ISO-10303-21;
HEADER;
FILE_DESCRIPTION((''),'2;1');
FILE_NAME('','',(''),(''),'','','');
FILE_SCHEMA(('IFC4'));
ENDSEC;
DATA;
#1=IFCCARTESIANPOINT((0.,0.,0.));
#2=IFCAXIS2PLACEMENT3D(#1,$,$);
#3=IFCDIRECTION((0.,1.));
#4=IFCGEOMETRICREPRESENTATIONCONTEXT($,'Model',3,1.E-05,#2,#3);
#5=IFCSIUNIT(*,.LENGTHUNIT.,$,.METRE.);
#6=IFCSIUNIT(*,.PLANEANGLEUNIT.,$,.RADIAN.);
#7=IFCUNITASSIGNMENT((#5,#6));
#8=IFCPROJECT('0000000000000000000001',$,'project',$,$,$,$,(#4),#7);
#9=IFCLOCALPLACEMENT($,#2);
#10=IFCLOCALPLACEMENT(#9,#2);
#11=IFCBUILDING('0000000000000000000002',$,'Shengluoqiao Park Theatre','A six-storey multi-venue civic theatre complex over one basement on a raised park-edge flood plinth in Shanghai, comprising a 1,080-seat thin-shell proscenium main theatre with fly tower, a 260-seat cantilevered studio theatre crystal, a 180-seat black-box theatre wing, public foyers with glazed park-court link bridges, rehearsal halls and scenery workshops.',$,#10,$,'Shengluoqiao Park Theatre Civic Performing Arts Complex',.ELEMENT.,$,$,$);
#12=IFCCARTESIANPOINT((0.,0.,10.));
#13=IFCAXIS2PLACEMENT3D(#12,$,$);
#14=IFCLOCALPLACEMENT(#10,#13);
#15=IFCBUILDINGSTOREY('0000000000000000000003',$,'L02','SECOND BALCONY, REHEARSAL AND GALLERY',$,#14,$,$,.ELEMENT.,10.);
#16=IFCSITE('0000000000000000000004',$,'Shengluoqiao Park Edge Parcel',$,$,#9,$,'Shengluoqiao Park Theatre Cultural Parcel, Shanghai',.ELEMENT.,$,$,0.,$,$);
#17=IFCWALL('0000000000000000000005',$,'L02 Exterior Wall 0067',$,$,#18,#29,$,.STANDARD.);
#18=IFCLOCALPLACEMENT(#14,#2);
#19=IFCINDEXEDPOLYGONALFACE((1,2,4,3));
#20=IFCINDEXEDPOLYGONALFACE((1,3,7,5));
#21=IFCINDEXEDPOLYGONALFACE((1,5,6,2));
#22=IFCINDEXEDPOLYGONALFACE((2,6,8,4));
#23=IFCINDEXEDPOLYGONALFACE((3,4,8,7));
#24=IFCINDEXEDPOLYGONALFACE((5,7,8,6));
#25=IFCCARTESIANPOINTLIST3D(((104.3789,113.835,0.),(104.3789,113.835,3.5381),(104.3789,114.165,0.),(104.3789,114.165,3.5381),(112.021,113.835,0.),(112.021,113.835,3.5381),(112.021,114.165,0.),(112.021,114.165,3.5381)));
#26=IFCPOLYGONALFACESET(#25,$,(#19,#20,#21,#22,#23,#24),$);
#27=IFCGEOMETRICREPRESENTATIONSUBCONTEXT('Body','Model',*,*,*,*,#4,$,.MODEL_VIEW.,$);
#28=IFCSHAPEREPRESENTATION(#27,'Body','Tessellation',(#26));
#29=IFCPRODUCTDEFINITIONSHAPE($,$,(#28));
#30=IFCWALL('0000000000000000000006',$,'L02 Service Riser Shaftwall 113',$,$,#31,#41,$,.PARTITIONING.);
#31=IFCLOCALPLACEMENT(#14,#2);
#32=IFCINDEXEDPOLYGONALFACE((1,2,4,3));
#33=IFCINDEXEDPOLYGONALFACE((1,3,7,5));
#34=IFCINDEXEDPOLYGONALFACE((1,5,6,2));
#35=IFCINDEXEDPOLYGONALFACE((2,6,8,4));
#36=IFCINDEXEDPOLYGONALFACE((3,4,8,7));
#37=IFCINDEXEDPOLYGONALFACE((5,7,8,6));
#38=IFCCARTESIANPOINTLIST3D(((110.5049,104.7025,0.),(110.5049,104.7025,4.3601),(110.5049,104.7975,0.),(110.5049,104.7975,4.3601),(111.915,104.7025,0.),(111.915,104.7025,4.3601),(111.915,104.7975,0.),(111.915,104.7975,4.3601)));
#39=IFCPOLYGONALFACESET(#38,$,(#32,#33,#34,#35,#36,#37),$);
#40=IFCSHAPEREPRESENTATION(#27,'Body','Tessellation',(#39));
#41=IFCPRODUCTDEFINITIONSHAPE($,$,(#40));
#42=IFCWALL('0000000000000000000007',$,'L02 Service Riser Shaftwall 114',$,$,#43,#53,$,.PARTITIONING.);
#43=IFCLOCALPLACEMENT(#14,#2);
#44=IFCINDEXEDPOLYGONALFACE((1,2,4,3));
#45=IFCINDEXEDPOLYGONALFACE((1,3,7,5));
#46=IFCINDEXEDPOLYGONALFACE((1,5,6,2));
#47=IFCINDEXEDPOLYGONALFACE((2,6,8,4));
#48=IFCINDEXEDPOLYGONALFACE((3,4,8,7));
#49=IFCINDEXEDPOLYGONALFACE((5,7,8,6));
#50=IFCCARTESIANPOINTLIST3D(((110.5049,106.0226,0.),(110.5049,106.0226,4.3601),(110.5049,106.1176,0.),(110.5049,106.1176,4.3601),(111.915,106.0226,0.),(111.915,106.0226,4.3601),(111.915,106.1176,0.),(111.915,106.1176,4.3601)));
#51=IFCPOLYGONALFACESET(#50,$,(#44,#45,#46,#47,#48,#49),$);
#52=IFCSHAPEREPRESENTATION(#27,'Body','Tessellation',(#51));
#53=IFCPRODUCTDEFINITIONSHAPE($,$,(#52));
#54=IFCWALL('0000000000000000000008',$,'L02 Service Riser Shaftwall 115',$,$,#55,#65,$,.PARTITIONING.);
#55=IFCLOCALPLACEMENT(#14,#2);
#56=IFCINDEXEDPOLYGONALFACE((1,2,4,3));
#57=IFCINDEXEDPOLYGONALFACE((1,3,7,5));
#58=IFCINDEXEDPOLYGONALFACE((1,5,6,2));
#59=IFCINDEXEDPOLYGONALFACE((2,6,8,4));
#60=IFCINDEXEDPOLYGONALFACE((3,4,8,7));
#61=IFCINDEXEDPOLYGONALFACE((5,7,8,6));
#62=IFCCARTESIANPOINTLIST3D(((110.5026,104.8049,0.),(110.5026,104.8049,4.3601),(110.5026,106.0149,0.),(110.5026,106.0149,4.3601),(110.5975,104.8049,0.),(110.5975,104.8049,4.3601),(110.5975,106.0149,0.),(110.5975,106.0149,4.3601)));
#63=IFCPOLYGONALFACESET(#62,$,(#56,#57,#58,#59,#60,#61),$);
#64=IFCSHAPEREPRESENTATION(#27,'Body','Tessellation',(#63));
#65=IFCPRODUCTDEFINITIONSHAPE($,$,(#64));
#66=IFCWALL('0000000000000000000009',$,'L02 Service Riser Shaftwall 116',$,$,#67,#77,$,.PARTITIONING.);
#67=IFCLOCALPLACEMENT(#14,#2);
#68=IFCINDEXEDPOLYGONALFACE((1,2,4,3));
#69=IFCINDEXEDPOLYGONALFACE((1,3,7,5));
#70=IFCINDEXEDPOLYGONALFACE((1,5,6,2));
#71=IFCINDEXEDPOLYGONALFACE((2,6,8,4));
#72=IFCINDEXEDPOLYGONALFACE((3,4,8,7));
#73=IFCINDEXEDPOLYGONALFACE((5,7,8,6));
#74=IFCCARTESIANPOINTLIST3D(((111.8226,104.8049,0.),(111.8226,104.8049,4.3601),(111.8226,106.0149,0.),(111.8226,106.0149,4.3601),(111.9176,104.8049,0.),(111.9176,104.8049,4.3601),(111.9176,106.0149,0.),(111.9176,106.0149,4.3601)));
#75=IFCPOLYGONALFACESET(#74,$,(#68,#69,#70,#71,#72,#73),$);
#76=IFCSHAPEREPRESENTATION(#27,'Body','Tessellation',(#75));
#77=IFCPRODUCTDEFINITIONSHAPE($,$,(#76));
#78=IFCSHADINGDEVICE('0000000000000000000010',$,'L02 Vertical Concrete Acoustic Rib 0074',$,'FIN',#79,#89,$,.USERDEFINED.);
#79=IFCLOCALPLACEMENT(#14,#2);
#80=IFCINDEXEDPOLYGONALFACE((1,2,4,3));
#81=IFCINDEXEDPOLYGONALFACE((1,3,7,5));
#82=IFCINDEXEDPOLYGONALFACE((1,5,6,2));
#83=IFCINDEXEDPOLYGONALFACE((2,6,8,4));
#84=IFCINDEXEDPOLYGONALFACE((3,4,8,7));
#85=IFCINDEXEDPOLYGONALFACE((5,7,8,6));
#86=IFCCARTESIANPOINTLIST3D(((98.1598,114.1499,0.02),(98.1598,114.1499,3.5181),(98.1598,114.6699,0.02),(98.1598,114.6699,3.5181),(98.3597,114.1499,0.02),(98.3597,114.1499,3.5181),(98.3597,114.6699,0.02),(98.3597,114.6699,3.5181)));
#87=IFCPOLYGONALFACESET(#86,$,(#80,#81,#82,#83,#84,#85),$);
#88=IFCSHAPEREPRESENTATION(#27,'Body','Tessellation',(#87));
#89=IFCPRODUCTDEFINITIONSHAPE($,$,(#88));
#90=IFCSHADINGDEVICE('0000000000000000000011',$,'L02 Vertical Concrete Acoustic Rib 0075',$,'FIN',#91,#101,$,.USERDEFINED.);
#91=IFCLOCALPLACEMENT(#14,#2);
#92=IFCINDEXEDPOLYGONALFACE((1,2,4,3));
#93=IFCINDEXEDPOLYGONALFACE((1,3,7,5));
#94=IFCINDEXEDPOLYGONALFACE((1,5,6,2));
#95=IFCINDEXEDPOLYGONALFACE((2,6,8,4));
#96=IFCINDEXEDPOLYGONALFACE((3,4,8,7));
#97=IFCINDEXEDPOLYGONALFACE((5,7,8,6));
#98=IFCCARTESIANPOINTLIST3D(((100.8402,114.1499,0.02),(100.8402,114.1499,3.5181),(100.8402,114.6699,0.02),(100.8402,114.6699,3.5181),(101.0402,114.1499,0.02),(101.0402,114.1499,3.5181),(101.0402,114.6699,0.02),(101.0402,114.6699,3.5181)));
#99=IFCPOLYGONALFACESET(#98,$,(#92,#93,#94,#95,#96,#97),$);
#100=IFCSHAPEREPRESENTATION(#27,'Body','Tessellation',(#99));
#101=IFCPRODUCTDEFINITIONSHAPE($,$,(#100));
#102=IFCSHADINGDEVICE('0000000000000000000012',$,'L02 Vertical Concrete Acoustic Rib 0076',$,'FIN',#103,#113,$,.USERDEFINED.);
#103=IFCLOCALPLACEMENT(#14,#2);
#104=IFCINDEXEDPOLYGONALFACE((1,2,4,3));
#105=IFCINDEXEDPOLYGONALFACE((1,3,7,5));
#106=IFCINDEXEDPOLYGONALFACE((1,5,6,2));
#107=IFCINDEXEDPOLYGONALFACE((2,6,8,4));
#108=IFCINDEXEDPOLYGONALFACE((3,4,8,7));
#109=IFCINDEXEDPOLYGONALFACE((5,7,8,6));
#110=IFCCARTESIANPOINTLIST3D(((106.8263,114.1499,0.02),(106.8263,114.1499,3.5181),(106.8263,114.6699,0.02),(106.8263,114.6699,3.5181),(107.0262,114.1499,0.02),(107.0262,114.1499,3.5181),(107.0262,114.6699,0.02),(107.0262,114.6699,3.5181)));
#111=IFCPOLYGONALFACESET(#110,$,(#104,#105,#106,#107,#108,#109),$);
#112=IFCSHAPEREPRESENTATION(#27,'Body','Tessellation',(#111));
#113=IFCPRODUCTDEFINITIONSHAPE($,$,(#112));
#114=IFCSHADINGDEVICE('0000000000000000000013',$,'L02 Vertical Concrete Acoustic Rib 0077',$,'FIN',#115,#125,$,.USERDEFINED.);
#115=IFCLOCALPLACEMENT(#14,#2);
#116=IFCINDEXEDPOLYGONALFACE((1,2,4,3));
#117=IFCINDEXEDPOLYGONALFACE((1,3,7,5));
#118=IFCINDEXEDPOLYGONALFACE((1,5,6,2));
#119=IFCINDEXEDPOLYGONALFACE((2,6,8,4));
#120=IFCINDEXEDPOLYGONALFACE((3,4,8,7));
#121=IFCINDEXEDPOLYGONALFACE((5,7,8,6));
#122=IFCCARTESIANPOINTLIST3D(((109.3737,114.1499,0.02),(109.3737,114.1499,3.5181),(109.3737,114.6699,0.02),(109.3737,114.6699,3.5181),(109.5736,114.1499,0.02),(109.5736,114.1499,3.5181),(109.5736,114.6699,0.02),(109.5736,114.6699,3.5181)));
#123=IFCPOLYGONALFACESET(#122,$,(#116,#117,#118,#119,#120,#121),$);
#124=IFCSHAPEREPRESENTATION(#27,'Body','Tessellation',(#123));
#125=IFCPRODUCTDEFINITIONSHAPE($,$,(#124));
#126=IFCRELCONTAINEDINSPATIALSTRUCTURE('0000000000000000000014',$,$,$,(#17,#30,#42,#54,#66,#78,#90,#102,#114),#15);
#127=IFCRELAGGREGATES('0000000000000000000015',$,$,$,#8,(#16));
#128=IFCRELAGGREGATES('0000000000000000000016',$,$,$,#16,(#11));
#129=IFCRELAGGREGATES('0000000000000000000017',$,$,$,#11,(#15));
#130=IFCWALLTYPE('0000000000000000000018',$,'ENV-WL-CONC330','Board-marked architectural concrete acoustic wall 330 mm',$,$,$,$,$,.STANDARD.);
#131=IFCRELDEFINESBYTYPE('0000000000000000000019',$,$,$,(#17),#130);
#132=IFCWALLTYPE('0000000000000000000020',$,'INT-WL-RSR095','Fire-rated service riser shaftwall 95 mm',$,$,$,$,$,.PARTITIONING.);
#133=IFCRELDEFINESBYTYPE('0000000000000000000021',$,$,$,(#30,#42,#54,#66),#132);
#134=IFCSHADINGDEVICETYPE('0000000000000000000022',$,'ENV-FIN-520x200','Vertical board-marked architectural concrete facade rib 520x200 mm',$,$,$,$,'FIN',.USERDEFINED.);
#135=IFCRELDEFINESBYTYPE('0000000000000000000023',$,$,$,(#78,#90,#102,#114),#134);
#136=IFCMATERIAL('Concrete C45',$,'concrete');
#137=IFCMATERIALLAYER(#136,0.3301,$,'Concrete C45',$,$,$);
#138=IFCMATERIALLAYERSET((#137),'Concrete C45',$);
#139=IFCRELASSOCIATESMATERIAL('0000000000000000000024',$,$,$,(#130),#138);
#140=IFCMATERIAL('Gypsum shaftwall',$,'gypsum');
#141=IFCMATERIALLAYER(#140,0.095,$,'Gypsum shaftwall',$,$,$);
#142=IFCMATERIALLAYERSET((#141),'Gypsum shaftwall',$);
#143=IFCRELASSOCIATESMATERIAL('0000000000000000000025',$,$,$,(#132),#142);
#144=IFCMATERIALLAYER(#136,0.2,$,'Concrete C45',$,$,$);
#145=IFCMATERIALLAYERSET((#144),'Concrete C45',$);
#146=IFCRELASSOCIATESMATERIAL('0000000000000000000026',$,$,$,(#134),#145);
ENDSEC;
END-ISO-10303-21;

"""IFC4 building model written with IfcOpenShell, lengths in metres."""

from ifc_helpers import new_model, si_unit, direction, frame, frame_2d, origin, origin_2d, place, context, subcontext, project, spatial, rectangle, extrude, material, layer, layer_set, type_object, element, save


model = new_model("IFC4")

# Units and contexts
model_context = context("Model", 3, precision=1e-05, world=origin(), true_north=direction((0.0, 1.0)))
body_context = subcontext(model_context, "Body", "Model", "MODEL_VIEW")
ifc_project = project(units=[si_unit("LENGTHUNIT", "METRE"), si_unit("PLANEANGLEUNIT", "RADIAN")], contexts=[model_context])

# Site, building, storey
site_placement = place(None, origin())
site = spatial("IfcSite", under=ifc_project, at=site_placement, Name="Shengluoqiao Park Edge Parcel", LongName="Shengluoqiao Park Theatre Cultural Parcel, Shanghai", CompositionType="ELEMENT", RefElevation=0.0)
building_placement = place(site_placement, origin())
building = spatial("IfcBuilding", under=site, at=building_placement, Name="Shengluoqiao Park Theatre", Description="A six-storey multi-venue civic theatre complex over one basement on a raised park-edge flood plinth in Shanghai, comprising a 1,080-seat thin-shell proscenium main theatre with fly tower, a 260-seat cantilevered studio theatre crystal, a 180-seat black-box theatre wing, public foyers with glazed park-court link bridges, rehearsal halls and scenery workshops.", LongName="Shengluoqiao Park Theatre Civic Performing Arts Complex", CompositionType="ELEMENT")
storey_placement = place(building_placement, frame((0.0, 0.0, 10.0)))
storey = spatial("IfcBuildingStorey", under=building, at=storey_placement, Name="L02", Description="SECOND BALCONY, REHEARSAL AND GALLERY", CompositionType="ELEMENT", Elevation=10.0)

# Walls
ifc_material_1 = material(Name="Concrete C45", Category="concrete")
ifc_layer_1 = layer(ifc_material_1, 0.3301, Name="Concrete C45")
ifc_layer_set_1 = layer_set([ifc_layer_1], Name="Concrete C45")
wall_type_1 = type_object("IfcWallType", Name="ENV-WL-CONC330", Description="Board-marked architectural concrete acoustic wall 330 mm", PredefinedType="STANDARD", material=ifc_layer_set_1)
wall_1_placement = place(storey_placement, frame((104.3789, 114.0, 0.0), z_axis=(0.0, 0.0, 1.0), x_axis=(1.0, 0.0, 0.0)))
element("IfcWall", 1, at=wall_1_placement, inside=storey, type_object=wall_type_1, Name="L02 Exterior Wall 0067", PredefinedType="STANDARD", context=body_context, shape_type="SweptSolid", body=[
    extrude(rectangle(XDim=7.6421, YDim=0.3301, at=frame_2d((3.821, 0.0))), origin(), (0.0, 0.0, 1.0), 3.5381),
])
ifc_material_2 = material(Name="Gypsum shaftwall", Category="gypsum")
ifc_layer_2 = layer(ifc_material_2, 0.095, Name="Gypsum shaftwall")
ifc_layer_set_2 = layer_set([ifc_layer_2], Name="Gypsum shaftwall")
wall_type_2 = type_object("IfcWallType", Name="INT-WL-RSR095", Description="Fire-rated service riser shaftwall 95 mm", PredefinedType="PARTITIONING", material=ifc_layer_set_2)
for number, where, z_axis, x_axis, name in (
    (2, (110.5049, 104.75, 0.0), (0.0, 0.0, 1.0), (1.0, 0.0, 0.0), "L02 Service Riser Shaftwall 113"),
    (3, (110.5049, 106.0701, 0.0), (0.0, 0.0, 1.0), (1.0, 0.0, 0.0), "L02 Service Riser Shaftwall 114"),
):
    element("IfcWall", number, at=place(storey_placement, frame(where, z_axis=z_axis, x_axis=x_axis)), inside=storey, type_object=wall_type_2, Name=name, PredefinedType="PARTITIONING", context=body_context, shape_type="SweptSolid", body=[
        extrude(rectangle(XDim=1.4102, YDim=0.095, at=frame_2d((0.7051, 0.0))), origin(), (0.0, 0.0, 1.0), 4.3601),
    ])
for number, where, z_axis, x_axis, name in (
    (4, (110.55, 104.8049, 0.0), (0.0, 0.0, 1.0), (0.0, 1.0, 0.0), "L02 Service Riser Shaftwall 115"),
    (5, (111.8701, 104.8049, 0.0), (0.0, 0.0, 1.0), (0.0, 1.0, 0.0), "L02 Service Riser Shaftwall 116"),
):
    element("IfcWall", number, at=place(storey_placement, frame(where, z_axis=z_axis, x_axis=x_axis)), inside=storey, type_object=wall_type_2, Name=name, PredefinedType="PARTITIONING", context=body_context, shape_type="SweptSolid", body=[
        extrude(rectangle(XDim=1.21, YDim=0.095, at=frame_2d((0.605, 0.0))), origin(), (0.0, 0.0, 1.0), 4.3601),
    ])

# Shading devices
ifc_layer_3 = layer(ifc_material_1, 0.2, Name="Concrete C45")
ifc_layer_set_3 = layer_set([ifc_layer_3], Name="Concrete C45")
shading_device_type = type_object("IfcShadingDeviceType", Name="ENV-FIN-520x200", Description="Vertical board-marked architectural concrete facade rib 520x200 mm", ElementType="FIN", PredefinedType="USERDEFINED", material=ifc_layer_set_3)
for number, where, z_axis, x_axis, name in (
    (6, (98.2598, 114.4099, 0.02), (0.0, 0.0, 1.0), (0.0, 1.0, 0.0), "L02 Vertical Concrete Acoustic Rib 0074"),
    (7, (100.9402, 114.4099, 0.02), (0.0, 0.0, 1.0), (0.0, 1.0, 0.0), "L02 Vertical Concrete Acoustic Rib 0075"),
    (8, (106.9263, 114.4099, 0.02), (0.0, 0.0, 1.0), (0.0, 1.0, 0.0), "L02 Vertical Concrete Acoustic Rib 0076"),
    (9, (109.4736, 114.4099, 0.02), (0.0, 0.0, 1.0), (0.0, 1.0, 0.0), "L02 Vertical Concrete Acoustic Rib 0077"),
):
    element("IfcShadingDevice", number, at=place(storey_placement, frame(where, z_axis=z_axis, x_axis=x_axis)), inside=storey, type_object=shading_device_type, Name=name, ObjectType="FIN", PredefinedType="USERDEFINED", context=body_context, shape_type="SweptSolid", body=[
        extrude(rectangle(XDim=0.52, YDim=0.2, at=origin_2d()), origin(), (0.0, 0.0, 1.0), 3.498),
    ])

save(model, "model.ifc")
